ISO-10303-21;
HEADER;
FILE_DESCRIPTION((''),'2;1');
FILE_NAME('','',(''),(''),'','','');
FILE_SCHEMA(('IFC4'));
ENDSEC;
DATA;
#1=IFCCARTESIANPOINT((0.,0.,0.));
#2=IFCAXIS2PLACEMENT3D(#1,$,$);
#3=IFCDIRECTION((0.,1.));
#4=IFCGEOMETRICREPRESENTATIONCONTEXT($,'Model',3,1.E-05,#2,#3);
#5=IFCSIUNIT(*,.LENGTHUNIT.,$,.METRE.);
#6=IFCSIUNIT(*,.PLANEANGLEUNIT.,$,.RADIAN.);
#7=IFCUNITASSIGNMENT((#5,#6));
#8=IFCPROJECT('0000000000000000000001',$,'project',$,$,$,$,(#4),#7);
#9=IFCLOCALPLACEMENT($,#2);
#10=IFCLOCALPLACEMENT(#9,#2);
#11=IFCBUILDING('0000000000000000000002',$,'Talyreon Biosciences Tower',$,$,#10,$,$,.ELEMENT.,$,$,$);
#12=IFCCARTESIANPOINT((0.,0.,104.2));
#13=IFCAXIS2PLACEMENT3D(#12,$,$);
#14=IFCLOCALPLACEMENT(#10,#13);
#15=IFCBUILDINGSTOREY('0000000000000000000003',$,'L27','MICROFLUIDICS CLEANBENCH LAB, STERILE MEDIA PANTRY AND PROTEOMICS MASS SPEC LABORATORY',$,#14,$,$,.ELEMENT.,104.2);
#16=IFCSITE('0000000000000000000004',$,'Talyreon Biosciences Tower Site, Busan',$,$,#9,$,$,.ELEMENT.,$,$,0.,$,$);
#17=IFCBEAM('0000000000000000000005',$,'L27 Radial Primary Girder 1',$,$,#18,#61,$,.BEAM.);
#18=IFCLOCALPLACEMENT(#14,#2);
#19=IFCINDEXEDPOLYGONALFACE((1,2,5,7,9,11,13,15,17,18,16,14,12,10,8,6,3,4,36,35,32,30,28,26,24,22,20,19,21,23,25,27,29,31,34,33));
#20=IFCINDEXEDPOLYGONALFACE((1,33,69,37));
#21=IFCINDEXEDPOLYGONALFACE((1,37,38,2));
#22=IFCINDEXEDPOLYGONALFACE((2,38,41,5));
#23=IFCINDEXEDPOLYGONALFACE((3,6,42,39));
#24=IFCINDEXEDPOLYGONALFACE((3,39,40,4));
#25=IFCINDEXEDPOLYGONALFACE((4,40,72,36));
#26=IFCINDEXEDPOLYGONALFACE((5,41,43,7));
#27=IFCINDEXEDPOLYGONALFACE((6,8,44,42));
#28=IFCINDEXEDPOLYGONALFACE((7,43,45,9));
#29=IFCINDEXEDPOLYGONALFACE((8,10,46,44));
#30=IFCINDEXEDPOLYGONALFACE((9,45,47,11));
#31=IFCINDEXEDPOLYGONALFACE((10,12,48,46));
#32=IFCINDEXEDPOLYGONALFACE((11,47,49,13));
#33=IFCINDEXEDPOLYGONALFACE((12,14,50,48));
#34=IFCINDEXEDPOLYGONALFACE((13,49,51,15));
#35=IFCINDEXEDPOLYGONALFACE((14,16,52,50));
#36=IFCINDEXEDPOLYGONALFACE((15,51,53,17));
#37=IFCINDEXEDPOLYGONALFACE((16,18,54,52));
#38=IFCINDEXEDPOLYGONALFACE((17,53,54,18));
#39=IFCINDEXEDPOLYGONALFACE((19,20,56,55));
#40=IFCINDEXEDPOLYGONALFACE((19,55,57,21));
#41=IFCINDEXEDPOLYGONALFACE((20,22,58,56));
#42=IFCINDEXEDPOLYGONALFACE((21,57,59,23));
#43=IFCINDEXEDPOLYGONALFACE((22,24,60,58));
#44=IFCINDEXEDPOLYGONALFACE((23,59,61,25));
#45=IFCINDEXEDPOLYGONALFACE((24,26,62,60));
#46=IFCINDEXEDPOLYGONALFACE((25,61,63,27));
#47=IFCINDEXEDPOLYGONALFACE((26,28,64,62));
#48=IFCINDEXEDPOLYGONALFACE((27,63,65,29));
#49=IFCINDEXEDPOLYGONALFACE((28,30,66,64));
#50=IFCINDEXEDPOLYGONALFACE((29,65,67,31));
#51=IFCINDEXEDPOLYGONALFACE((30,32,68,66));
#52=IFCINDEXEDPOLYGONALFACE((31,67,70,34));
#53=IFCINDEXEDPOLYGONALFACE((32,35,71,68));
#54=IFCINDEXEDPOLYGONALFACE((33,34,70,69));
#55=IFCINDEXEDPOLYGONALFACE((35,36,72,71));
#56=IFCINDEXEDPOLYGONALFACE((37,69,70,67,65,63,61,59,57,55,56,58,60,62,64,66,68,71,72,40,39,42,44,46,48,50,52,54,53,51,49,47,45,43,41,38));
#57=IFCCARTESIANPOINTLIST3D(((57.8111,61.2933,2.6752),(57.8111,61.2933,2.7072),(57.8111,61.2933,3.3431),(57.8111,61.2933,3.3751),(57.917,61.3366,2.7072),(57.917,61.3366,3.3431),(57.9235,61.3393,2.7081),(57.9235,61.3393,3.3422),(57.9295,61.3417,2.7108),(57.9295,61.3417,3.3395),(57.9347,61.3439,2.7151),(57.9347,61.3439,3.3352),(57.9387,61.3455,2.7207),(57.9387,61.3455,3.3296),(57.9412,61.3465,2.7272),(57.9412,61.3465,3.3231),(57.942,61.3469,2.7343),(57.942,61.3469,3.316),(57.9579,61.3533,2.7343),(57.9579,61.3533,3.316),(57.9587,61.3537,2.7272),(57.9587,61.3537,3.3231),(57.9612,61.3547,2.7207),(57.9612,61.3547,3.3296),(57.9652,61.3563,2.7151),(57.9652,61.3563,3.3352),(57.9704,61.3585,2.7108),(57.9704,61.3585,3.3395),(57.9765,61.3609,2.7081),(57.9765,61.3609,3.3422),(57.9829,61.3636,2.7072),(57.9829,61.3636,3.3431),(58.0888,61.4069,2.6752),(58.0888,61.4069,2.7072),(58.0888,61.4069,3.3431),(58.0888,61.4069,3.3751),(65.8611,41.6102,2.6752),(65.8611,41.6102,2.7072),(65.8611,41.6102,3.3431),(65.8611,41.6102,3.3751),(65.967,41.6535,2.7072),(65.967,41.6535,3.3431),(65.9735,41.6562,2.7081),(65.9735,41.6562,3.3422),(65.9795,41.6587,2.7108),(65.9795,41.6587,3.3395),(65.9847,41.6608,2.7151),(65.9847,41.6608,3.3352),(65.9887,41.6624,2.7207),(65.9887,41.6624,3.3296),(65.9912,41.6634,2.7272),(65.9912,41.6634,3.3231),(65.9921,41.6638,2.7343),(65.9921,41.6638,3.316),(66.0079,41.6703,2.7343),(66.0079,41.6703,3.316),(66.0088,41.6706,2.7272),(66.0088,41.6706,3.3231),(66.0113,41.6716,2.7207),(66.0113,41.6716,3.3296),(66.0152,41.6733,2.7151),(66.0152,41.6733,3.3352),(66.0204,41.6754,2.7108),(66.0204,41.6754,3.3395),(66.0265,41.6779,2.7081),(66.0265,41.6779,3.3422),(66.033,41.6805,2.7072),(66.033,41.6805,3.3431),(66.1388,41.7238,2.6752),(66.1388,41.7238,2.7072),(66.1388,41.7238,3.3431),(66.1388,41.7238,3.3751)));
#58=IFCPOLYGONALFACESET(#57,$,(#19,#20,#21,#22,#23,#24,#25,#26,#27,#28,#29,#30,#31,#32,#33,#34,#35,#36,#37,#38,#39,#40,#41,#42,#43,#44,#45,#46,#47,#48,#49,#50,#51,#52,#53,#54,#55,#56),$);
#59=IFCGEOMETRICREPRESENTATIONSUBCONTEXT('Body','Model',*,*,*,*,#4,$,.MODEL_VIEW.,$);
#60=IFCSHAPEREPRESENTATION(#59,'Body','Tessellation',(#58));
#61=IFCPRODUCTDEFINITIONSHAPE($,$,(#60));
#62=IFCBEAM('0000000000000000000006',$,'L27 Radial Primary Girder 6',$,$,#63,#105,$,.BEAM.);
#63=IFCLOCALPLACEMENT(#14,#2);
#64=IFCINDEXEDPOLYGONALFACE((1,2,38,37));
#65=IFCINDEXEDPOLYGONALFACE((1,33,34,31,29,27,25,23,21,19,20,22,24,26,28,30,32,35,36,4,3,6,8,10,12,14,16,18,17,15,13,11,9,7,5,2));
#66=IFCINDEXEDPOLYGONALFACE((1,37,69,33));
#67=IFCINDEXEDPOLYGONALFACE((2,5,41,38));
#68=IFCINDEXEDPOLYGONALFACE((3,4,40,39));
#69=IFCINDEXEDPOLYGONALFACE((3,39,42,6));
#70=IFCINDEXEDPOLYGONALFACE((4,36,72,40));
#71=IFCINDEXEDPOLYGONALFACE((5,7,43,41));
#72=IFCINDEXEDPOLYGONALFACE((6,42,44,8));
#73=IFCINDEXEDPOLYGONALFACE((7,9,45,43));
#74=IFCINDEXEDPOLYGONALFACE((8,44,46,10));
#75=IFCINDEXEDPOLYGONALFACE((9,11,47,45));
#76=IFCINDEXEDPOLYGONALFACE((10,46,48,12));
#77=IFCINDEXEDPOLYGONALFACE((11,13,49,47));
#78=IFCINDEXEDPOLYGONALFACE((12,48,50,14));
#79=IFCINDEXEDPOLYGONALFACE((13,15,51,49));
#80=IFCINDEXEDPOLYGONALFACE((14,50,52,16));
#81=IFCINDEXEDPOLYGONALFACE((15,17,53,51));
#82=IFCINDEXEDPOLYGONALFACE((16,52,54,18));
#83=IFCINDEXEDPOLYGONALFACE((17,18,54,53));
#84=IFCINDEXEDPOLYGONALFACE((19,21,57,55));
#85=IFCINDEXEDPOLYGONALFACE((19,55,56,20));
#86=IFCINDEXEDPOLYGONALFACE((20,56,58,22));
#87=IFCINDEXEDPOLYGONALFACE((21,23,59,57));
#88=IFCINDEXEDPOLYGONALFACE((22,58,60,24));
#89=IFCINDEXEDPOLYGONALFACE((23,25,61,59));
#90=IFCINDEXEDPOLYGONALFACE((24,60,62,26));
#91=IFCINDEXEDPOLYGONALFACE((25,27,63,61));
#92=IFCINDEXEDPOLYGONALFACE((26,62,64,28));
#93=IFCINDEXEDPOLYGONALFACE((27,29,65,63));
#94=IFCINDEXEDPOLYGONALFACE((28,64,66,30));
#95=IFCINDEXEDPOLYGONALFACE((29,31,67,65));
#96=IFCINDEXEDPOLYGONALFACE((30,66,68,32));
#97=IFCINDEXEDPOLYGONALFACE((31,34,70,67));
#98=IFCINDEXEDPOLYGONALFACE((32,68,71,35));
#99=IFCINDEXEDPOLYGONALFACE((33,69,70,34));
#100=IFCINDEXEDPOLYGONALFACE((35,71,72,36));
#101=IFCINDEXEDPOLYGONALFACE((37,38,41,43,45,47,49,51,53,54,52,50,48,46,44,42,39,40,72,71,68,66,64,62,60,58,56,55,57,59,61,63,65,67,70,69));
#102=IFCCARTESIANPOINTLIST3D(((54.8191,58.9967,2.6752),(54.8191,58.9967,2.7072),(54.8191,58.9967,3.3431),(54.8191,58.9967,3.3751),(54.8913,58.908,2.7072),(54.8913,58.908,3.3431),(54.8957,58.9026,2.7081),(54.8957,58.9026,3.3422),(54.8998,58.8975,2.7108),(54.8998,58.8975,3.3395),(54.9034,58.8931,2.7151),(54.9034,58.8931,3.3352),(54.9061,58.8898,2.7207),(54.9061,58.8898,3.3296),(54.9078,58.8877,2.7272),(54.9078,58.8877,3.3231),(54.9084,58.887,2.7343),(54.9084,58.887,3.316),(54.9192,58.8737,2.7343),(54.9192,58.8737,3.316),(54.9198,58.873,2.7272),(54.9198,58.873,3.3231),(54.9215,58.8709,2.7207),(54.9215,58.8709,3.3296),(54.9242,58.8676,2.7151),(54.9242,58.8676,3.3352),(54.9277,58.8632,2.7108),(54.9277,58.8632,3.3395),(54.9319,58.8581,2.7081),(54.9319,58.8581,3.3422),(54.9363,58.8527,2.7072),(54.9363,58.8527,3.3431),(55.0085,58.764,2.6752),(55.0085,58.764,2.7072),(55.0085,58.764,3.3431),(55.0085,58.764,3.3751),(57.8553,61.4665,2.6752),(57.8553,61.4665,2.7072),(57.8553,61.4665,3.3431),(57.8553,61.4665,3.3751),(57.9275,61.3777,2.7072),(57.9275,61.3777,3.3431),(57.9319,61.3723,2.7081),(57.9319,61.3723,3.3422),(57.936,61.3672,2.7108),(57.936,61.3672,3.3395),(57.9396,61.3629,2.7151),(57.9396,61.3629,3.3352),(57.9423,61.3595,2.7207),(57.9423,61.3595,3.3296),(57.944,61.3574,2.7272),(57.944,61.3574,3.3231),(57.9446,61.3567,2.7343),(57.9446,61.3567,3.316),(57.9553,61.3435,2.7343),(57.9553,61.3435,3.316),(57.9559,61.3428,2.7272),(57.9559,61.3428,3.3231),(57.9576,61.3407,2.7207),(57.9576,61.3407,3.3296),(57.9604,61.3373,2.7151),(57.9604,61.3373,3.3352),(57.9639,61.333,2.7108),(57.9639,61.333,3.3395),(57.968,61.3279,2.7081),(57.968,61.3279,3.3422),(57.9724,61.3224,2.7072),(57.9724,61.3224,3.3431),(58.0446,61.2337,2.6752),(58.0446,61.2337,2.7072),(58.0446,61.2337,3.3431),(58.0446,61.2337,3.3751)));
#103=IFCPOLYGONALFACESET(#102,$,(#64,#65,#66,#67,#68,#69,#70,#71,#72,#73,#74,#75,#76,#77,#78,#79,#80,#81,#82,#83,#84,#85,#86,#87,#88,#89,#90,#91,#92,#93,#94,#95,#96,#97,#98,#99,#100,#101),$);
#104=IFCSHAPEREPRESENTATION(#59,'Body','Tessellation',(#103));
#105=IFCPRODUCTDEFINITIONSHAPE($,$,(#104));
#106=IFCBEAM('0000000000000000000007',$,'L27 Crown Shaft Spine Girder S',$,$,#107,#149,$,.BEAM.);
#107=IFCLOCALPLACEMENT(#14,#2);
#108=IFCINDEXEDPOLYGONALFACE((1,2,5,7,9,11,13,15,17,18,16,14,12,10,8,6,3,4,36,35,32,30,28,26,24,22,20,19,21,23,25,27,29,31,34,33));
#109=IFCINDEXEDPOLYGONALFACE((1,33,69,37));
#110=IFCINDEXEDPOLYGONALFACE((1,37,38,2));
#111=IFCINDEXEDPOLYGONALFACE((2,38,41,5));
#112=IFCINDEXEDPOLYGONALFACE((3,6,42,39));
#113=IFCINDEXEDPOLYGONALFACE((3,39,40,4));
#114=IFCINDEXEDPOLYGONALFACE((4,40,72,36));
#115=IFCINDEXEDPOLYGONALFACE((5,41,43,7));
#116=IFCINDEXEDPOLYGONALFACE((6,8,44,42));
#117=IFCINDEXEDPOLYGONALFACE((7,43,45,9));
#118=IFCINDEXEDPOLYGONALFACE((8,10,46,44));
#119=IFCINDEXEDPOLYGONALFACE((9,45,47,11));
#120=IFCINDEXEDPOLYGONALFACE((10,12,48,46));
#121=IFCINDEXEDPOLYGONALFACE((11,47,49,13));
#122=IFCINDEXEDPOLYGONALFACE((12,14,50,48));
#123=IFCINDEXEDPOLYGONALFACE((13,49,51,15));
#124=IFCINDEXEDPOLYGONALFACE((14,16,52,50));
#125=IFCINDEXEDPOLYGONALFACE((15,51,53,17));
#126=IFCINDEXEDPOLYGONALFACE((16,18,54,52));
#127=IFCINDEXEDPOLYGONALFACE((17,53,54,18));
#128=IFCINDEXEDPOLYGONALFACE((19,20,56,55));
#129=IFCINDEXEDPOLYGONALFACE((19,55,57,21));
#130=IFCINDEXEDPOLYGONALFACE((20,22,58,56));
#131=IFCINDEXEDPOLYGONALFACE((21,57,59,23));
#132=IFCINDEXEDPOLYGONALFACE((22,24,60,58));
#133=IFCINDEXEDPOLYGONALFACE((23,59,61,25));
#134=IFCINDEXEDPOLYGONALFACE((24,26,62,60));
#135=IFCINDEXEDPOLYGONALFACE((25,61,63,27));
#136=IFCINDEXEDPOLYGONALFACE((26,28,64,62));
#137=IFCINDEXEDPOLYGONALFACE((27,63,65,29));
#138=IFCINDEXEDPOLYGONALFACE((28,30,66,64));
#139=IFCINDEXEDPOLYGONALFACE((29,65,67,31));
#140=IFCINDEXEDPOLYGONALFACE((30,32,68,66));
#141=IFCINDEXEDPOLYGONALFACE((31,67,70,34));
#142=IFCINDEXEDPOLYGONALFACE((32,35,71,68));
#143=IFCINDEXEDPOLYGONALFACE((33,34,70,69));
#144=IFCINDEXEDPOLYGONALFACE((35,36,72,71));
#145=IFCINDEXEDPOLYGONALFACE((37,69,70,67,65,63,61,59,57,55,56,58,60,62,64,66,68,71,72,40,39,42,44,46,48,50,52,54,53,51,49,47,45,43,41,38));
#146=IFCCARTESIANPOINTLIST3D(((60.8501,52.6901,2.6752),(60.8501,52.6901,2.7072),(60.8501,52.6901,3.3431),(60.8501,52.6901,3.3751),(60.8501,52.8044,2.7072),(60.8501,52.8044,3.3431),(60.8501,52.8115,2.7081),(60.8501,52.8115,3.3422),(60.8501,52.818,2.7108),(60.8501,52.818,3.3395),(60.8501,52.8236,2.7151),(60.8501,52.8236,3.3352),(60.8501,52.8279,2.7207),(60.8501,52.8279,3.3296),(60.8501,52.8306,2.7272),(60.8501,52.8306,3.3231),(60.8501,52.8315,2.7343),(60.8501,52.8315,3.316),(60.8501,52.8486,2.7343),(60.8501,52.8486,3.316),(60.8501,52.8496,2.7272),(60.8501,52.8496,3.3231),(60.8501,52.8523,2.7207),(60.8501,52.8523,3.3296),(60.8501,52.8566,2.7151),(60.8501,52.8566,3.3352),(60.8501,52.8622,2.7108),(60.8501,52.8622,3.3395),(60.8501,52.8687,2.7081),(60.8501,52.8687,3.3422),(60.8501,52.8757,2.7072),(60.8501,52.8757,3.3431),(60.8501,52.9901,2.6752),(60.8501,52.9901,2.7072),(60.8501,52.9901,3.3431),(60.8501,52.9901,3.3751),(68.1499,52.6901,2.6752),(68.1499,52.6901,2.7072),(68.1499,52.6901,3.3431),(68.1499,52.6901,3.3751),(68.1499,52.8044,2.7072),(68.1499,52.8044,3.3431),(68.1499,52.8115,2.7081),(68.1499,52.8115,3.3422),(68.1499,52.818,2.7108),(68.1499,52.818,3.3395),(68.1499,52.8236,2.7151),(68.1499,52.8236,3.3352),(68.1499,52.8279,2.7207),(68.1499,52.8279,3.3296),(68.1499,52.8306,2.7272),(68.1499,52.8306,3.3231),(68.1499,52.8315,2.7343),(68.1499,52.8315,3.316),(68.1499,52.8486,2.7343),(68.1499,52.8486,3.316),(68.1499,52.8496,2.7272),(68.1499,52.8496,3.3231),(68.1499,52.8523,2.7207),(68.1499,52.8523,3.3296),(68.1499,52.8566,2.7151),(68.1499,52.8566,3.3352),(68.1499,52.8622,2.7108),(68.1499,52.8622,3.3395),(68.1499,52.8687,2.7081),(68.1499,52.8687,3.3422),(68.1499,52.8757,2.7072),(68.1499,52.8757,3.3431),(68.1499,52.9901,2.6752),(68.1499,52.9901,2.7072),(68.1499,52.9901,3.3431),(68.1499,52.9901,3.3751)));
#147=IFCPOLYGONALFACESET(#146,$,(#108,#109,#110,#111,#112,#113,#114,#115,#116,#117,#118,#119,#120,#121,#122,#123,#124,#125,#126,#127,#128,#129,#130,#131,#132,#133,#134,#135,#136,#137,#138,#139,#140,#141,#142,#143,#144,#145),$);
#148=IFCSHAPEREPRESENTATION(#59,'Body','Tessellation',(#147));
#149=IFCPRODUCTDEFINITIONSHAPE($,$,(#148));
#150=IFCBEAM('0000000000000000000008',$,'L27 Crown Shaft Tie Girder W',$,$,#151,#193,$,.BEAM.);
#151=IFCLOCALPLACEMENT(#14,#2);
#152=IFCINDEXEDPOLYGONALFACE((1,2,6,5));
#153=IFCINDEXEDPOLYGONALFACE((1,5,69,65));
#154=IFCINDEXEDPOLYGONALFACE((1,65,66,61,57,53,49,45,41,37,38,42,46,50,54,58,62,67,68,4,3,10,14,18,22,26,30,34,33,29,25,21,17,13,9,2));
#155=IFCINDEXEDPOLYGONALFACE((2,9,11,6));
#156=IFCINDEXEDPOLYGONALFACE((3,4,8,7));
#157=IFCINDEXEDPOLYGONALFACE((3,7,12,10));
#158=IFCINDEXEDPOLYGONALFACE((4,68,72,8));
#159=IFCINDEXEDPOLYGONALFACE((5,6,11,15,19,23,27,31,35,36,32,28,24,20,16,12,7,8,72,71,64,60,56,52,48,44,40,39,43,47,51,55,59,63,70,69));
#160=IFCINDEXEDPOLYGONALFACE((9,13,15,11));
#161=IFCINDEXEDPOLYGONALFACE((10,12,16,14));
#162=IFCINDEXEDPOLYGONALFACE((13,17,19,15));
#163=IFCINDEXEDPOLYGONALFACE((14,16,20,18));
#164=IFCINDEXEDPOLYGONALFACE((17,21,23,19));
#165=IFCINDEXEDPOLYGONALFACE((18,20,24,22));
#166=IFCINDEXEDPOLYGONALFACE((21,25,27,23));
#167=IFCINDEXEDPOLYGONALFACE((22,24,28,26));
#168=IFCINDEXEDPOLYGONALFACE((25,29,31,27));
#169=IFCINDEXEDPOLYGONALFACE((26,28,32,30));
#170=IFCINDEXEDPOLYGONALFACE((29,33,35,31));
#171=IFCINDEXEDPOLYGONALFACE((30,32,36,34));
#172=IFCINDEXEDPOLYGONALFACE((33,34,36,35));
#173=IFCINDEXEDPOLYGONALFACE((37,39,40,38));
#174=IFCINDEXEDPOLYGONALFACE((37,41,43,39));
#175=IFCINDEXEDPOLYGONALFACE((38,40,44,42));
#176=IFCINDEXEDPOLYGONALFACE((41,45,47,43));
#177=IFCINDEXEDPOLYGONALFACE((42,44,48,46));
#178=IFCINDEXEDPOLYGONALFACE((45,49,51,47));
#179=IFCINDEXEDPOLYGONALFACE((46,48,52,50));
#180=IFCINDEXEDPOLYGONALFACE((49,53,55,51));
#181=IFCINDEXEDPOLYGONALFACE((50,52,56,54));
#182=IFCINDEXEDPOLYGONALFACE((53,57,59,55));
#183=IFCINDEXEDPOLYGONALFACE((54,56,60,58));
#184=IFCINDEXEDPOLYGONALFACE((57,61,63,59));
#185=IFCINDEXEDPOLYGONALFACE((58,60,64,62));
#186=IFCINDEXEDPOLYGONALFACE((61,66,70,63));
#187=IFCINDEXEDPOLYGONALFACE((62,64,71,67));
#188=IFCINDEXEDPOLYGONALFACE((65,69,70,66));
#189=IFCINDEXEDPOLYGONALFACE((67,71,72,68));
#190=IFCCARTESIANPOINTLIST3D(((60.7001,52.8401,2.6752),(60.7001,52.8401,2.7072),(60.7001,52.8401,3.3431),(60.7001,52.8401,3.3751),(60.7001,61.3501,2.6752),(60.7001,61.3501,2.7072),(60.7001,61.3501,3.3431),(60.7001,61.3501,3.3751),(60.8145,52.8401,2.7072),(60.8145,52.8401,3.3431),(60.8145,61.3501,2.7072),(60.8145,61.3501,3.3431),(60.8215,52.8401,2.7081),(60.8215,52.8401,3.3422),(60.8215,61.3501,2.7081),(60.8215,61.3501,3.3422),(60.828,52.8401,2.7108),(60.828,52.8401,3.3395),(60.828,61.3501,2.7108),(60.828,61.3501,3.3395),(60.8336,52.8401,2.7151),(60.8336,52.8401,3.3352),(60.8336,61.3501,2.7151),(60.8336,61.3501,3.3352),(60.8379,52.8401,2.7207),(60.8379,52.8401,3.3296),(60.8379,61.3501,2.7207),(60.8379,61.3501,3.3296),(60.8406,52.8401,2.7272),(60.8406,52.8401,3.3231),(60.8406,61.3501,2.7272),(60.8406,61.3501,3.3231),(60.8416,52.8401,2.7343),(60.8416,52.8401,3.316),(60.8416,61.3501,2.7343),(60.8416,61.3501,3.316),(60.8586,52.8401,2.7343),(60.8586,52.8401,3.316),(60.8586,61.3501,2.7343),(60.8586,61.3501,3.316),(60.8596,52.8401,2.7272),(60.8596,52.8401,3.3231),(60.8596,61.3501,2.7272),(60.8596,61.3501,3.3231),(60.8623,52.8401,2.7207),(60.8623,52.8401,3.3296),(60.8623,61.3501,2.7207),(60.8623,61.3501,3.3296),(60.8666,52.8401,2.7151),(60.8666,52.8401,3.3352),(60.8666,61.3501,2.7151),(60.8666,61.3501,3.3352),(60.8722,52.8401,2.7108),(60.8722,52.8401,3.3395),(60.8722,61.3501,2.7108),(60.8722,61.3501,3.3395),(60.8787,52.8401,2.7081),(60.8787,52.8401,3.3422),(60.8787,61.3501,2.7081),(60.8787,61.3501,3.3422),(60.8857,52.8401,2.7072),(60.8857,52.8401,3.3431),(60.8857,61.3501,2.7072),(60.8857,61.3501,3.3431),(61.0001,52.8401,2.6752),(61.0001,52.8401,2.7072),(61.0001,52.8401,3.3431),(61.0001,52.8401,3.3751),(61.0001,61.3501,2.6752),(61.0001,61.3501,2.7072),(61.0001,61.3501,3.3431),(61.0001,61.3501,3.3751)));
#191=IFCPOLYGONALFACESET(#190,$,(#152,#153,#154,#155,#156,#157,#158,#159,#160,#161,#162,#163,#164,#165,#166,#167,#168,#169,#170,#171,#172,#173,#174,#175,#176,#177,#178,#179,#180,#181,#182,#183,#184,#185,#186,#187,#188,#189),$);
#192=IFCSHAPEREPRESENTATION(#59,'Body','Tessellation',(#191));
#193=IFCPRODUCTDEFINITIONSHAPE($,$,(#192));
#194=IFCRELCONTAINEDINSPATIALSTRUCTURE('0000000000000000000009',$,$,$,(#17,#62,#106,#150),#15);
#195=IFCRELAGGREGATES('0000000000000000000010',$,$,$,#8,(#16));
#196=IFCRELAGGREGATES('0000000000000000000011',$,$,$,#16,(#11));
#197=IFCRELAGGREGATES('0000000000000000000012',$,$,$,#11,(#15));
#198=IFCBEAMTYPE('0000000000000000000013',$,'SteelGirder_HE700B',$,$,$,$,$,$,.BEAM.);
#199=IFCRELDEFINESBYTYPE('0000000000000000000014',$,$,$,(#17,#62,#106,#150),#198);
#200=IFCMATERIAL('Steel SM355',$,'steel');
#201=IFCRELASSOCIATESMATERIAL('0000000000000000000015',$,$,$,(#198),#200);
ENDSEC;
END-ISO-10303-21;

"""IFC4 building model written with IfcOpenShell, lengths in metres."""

from ifc_helpers import new_model, si_unit, direction, frame, origin, origin_2d, place, context, subcontext, project, spatial, i_section, extrude, material, material_profile, profile_set, type_object, element, save


model = new_model("IFC4")

# Units and contexts
model_context = context("Model", 3, precision=1e-05, world=origin(), true_north=direction((0.0, 1.0)))
body_context = subcontext(model_context, "Body", "Model", "MODEL_VIEW")
ifc_project = project(units=[si_unit("LENGTHUNIT", "METRE"), si_unit("PLANEANGLEUNIT", "RADIAN")], contexts=[model_context])

# Site, building, storey
site_placement = place(None, origin())
site = spatial("IfcSite", under=ifc_project, at=site_placement, Name="Talyreon Biosciences Tower Site, Busan", CompositionType="ELEMENT", RefElevation=0.0)
building_placement = place(site_placement, origin())
building = spatial("IfcBuilding", under=site, at=building_placement, Name="Talyreon Biosciences Tower", CompositionType="ELEMENT")
storey_placement = place(building_placement, frame((0.0, 0.0, 104.2)))
storey = spatial("IfcBuildingStorey", under=building, at=storey_placement, Name="L27", Description="MICROFLUIDICS CLEANBENCH LAB, STERILE MEDIA PANTRY AND PROTEOMICS MASS SPEC LABORATORY", CompositionType="ELEMENT", Elevation=104.2)

# Beams
ifc_material_1 = material(Name="Steel SM355", Category="steel")
ifc_material_profile_1 = material_profile(ifc_material_1, i_section(OverallWidth=0.3, OverallDepth=0.7, WebThickness=0.0171, FlangeThickness=0.032, FilletRadius=0.0271, at=origin_2d()), Name="HE700B")
ifc_profile_set_1 = profile_set([ifc_material_profile_1], Name="Steel SM355")
beam_type_1 = type_object("IfcBeamType", Name="SteelGirder_HE700B", PredefinedType="BEAM", material=ifc_profile_set_1)
beam_1_placement = place(storey_placement, frame((57.95, 61.3501, 3.0251), z_axis=(0.378547, -0.925582, 0.0), x_axis=(0.925582, 0.378547, 0.0)))
element("IfcBeam", 1, at=beam_1_placement, inside=storey, type_object=beam_type_1, Name="L27 Radial Primary Girder 1", PredefinedType="BEAM", context=body_context, shape_type="SweptSolid", body=[
    extrude(i_section(OverallWidth=0.3, OverallDepth=0.7, WebThickness=0.0171, FlangeThickness=0.032, FilletRadius=0.0271, at=origin_2d()), origin(), (0.0, 0.0, 1.0), 21.2656),
])
beam_2_placement = place(storey_placement, frame((57.95, 61.3501, 3.0251), z_axis=(-0.775755, -0.631034, 0.0), x_axis=(0.631034, -0.775755, 0.0)))
element("IfcBeam", 2, at=beam_2_placement, inside=storey, type_object=beam_type_1, Name="L27 Radial Primary Girder 6", PredefinedType="BEAM", context=body_context, shape_type="SweptSolid", body=[
    extrude(i_section(OverallWidth=0.3, OverallDepth=0.7, WebThickness=0.0171, FlangeThickness=0.032, FilletRadius=0.0271, at=origin_2d()), origin(), (0.0, 0.0, 1.0), 3.9138),
])
beam_3_placement = place(storey_placement, frame((60.8501, 52.8401, 3.0251), z_axis=(1.0, 0.0, 0.0), x_axis=(0.0, 1.0, 0.0)))
element("IfcBeam", 3, at=beam_3_placement, inside=storey, type_object=beam_type_1, Name="L27 Crown Shaft Spine Girder S", PredefinedType="BEAM", context=body_context, shape_type="SweptSolid", body=[
    extrude(i_section(OverallWidth=0.3, OverallDepth=0.7, WebThickness=0.0171, FlangeThickness=0.032, FilletRadius=0.0271, at=origin_2d()), origin(), (0.0, 0.0, 1.0), 7.2998),
])
beam_4_placement = place(storey_placement, frame((60.8501, 52.8401, 3.0251), z_axis=(0.0, 1.0, 0.0), x_axis=(-1.0, 0.0, 0.0)))
element("IfcBeam", 4, at=beam_4_placement, inside=storey, type_object=beam_type_1, Name="L27 Crown Shaft Tie Girder W", PredefinedType="BEAM", context=body_context, shape_type="SweptSolid", body=[
    extrude(i_section(OverallWidth=0.3, OverallDepth=0.7, WebThickness=0.0171, FlangeThickness=0.032, FilletRadius=0.0271, at=origin_2d()), origin(), (0.0, 0.0, 1.0), 8.51),
])

save(model, "model.ifc")
